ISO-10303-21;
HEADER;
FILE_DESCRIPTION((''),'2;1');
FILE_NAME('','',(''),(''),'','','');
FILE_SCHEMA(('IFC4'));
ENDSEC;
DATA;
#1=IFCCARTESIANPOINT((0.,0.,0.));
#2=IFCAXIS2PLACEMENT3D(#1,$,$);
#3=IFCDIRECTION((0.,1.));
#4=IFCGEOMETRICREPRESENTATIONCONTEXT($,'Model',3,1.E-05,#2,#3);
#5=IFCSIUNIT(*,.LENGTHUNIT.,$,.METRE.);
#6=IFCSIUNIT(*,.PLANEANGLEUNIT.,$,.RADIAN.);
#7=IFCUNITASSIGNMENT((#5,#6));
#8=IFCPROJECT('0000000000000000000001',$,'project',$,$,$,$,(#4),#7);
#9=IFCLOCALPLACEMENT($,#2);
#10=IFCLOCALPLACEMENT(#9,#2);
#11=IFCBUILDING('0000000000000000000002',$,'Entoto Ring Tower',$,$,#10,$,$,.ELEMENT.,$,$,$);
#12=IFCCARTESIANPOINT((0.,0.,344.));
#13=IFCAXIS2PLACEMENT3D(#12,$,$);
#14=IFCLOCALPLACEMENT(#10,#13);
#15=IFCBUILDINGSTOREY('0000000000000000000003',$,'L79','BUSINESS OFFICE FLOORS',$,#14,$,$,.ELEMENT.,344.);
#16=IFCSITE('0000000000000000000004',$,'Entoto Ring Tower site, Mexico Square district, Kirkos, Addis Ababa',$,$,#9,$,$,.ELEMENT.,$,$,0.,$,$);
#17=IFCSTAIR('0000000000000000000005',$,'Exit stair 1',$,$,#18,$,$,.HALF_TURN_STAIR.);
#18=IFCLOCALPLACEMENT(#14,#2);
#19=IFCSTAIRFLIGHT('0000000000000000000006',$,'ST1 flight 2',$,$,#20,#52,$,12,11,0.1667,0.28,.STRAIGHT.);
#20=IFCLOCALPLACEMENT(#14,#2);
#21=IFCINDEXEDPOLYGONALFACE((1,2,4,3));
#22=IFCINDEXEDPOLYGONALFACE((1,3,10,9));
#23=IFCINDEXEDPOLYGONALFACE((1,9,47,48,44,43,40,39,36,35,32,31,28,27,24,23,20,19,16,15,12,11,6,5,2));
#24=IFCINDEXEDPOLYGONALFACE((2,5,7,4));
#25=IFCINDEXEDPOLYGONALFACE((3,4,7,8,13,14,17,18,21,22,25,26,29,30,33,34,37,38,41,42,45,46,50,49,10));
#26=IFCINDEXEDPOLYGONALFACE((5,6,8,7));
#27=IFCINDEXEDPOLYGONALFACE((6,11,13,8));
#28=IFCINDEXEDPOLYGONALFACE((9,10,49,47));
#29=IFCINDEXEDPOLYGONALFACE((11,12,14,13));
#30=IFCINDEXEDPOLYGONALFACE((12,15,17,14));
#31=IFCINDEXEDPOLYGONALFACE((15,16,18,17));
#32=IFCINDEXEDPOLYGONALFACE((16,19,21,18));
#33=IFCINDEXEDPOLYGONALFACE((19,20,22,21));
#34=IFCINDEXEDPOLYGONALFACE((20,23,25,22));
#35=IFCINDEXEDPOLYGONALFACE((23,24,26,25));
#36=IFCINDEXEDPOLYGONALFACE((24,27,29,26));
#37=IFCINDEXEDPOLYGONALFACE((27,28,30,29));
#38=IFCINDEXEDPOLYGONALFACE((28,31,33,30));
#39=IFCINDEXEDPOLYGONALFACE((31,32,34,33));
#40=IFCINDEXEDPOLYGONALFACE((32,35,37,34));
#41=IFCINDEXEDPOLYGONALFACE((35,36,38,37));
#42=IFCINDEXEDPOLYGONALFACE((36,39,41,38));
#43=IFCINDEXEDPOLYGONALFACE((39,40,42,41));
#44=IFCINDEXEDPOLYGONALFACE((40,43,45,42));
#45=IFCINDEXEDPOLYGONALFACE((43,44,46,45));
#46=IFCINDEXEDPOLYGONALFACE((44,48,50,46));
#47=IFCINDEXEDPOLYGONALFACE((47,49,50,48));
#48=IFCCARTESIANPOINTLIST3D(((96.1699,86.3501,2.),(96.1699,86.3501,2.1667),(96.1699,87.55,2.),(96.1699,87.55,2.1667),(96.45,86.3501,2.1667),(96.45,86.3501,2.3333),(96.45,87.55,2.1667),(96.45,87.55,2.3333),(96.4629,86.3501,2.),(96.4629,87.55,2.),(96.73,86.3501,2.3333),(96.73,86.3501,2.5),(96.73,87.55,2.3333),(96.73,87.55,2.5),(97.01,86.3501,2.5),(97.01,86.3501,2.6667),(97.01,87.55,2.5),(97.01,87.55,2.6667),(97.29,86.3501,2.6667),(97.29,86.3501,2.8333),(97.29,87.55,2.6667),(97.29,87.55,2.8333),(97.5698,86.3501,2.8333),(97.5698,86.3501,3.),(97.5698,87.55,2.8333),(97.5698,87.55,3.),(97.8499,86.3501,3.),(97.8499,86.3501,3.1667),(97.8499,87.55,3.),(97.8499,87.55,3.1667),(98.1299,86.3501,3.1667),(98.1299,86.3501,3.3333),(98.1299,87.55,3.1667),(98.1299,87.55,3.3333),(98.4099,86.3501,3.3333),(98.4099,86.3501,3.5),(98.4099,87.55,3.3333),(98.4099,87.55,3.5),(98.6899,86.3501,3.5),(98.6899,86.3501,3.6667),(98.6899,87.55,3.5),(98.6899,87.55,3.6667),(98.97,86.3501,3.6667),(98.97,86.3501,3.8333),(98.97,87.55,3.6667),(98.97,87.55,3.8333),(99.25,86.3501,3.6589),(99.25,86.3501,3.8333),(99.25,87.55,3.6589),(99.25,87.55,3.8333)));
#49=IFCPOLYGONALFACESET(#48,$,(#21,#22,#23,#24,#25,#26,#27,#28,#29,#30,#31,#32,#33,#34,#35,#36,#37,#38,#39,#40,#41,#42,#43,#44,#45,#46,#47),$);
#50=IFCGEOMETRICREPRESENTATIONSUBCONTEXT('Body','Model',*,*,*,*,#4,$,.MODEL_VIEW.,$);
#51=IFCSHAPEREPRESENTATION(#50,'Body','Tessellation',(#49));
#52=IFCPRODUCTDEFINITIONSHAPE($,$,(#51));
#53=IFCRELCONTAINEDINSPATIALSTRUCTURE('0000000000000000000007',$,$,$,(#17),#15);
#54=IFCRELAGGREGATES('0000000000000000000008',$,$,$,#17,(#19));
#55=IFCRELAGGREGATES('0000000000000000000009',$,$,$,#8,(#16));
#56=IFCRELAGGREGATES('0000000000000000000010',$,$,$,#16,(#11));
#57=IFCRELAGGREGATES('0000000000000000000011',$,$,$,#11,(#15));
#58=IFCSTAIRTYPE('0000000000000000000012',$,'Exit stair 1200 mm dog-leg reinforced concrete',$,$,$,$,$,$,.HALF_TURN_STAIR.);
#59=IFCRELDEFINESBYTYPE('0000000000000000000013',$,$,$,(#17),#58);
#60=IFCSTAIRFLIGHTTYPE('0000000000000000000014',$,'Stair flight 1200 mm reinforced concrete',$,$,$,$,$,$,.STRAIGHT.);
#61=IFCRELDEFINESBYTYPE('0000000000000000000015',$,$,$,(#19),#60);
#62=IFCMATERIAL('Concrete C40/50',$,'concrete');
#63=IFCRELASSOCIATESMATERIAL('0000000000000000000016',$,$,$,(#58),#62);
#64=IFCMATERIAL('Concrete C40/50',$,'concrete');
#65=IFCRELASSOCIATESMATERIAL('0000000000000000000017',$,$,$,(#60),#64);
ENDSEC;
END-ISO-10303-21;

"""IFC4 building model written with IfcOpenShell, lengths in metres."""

from ifc_helpers import new_model, si_unit, direction, frame, origin, place, context, subcontext, project, spatial, polyline, outline, extrude, material, type_object, element, aggregate, save


model = new_model("IFC4")

# Units and contexts
model_context = context("Model", 3, precision=1e-05, world=origin(), true_north=direction((0.0, 1.0)))
body_context = subcontext(model_context, "Body", "Model", "MODEL_VIEW")
ifc_project = project(units=[si_unit("LENGTHUNIT", "METRE"), si_unit("PLANEANGLEUNIT", "RADIAN")], contexts=[model_context])

# Site, building, storey
site_placement = place(None, origin())
site = spatial("IfcSite", under=ifc_project, at=site_placement, Name="Entoto Ring Tower site, Mexico Square district, Kirkos, Addis Ababa", CompositionType="ELEMENT", RefElevation=0.0)
building_placement = place(site_placement, origin())
building = spatial("IfcBuilding", under=site, at=building_placement, Name="Entoto Ring Tower", CompositionType="ELEMENT")
storey_placement = place(building_placement, frame((0.0, 0.0, 344.0)))
storey = spatial("IfcBuildingStorey", under=building, at=storey_placement, Name="L79", Description="BUSINESS OFFICE FLOORS", CompositionType="ELEMENT", Elevation=344.0)

# Stair, stair flight
ifc_material_1 = material(Name="Concrete C40/50", Category="concrete")
stair_type = type_object("IfcStairType", Name="Exit stair 1200 mm dog-leg reinforced concrete", PredefinedType="HALF_TURN_STAIR", material=ifc_material_1)
stair_placement = place(storey_placement, origin())
stair = element("IfcStair", 1, at=stair_placement, inside=storey, type_object=stair_type, Name="Exit stair 1", PredefinedType="HALF_TURN_STAIR")
ifc_material_2 = material(Name="Concrete C40/50", Category="concrete")
stair_flight_type = type_object("IfcStairFlightType", Name="Stair flight 1200 mm reinforced concrete", PredefinedType="STRAIGHT", material=ifc_material_2)
stair_flight_placement = place(storey_placement, frame((96.1699, 86.95, 2.0), z_axis=(0.0, 0.0, 1.0), x_axis=(1.0, 0.0, 0.0)))
stair_flight = element("IfcStairFlight", 2, at=stair_flight_placement, type_object=stair_flight_type, Name="ST1 flight 2", NumberOfRisers=12, NumberOfTreads=11, PredefinedType="STRAIGHT", RiserHeight=0.1667, TreadLength=0.28, context=body_context, shape_type="SweptSolid", body=[
    extrude(outline(polyline([(0.0, 0.0), (0.0, 0.1667), (0.28, 0.1667), (0.28, 0.3333), (0.5601, 0.3333), (0.5601, 0.5), (0.8401, 0.5), (0.8401, 0.6667), (1.1201, 0.6667), (1.1201, 0.8333), (1.3999, 0.8333), (1.3999, 1.0), (1.6799, 1.0), (1.6799, 1.1667), (1.96, 1.1667), (1.96, 1.3333), (2.24, 1.3333), (2.24, 1.5), (2.52, 1.5), (2.52, 1.6667), (2.8, 1.6667), (2.8, 1.8333), (3.0801, 1.8333), (3.0801, 2.0), (3.0801, 1.6589), (0.293, 0.0), (0.0, 0.0)])), frame((0.0, 0.6001, 0.0), z_axis=(0.0, -1.0, 0.0), x_axis=(1.0, 0.0, 0.0)), (0.0, 0.0, 1.0), 1.2),
])
aggregate(stair, [stair_flight])

save(model, "model.ifc")
